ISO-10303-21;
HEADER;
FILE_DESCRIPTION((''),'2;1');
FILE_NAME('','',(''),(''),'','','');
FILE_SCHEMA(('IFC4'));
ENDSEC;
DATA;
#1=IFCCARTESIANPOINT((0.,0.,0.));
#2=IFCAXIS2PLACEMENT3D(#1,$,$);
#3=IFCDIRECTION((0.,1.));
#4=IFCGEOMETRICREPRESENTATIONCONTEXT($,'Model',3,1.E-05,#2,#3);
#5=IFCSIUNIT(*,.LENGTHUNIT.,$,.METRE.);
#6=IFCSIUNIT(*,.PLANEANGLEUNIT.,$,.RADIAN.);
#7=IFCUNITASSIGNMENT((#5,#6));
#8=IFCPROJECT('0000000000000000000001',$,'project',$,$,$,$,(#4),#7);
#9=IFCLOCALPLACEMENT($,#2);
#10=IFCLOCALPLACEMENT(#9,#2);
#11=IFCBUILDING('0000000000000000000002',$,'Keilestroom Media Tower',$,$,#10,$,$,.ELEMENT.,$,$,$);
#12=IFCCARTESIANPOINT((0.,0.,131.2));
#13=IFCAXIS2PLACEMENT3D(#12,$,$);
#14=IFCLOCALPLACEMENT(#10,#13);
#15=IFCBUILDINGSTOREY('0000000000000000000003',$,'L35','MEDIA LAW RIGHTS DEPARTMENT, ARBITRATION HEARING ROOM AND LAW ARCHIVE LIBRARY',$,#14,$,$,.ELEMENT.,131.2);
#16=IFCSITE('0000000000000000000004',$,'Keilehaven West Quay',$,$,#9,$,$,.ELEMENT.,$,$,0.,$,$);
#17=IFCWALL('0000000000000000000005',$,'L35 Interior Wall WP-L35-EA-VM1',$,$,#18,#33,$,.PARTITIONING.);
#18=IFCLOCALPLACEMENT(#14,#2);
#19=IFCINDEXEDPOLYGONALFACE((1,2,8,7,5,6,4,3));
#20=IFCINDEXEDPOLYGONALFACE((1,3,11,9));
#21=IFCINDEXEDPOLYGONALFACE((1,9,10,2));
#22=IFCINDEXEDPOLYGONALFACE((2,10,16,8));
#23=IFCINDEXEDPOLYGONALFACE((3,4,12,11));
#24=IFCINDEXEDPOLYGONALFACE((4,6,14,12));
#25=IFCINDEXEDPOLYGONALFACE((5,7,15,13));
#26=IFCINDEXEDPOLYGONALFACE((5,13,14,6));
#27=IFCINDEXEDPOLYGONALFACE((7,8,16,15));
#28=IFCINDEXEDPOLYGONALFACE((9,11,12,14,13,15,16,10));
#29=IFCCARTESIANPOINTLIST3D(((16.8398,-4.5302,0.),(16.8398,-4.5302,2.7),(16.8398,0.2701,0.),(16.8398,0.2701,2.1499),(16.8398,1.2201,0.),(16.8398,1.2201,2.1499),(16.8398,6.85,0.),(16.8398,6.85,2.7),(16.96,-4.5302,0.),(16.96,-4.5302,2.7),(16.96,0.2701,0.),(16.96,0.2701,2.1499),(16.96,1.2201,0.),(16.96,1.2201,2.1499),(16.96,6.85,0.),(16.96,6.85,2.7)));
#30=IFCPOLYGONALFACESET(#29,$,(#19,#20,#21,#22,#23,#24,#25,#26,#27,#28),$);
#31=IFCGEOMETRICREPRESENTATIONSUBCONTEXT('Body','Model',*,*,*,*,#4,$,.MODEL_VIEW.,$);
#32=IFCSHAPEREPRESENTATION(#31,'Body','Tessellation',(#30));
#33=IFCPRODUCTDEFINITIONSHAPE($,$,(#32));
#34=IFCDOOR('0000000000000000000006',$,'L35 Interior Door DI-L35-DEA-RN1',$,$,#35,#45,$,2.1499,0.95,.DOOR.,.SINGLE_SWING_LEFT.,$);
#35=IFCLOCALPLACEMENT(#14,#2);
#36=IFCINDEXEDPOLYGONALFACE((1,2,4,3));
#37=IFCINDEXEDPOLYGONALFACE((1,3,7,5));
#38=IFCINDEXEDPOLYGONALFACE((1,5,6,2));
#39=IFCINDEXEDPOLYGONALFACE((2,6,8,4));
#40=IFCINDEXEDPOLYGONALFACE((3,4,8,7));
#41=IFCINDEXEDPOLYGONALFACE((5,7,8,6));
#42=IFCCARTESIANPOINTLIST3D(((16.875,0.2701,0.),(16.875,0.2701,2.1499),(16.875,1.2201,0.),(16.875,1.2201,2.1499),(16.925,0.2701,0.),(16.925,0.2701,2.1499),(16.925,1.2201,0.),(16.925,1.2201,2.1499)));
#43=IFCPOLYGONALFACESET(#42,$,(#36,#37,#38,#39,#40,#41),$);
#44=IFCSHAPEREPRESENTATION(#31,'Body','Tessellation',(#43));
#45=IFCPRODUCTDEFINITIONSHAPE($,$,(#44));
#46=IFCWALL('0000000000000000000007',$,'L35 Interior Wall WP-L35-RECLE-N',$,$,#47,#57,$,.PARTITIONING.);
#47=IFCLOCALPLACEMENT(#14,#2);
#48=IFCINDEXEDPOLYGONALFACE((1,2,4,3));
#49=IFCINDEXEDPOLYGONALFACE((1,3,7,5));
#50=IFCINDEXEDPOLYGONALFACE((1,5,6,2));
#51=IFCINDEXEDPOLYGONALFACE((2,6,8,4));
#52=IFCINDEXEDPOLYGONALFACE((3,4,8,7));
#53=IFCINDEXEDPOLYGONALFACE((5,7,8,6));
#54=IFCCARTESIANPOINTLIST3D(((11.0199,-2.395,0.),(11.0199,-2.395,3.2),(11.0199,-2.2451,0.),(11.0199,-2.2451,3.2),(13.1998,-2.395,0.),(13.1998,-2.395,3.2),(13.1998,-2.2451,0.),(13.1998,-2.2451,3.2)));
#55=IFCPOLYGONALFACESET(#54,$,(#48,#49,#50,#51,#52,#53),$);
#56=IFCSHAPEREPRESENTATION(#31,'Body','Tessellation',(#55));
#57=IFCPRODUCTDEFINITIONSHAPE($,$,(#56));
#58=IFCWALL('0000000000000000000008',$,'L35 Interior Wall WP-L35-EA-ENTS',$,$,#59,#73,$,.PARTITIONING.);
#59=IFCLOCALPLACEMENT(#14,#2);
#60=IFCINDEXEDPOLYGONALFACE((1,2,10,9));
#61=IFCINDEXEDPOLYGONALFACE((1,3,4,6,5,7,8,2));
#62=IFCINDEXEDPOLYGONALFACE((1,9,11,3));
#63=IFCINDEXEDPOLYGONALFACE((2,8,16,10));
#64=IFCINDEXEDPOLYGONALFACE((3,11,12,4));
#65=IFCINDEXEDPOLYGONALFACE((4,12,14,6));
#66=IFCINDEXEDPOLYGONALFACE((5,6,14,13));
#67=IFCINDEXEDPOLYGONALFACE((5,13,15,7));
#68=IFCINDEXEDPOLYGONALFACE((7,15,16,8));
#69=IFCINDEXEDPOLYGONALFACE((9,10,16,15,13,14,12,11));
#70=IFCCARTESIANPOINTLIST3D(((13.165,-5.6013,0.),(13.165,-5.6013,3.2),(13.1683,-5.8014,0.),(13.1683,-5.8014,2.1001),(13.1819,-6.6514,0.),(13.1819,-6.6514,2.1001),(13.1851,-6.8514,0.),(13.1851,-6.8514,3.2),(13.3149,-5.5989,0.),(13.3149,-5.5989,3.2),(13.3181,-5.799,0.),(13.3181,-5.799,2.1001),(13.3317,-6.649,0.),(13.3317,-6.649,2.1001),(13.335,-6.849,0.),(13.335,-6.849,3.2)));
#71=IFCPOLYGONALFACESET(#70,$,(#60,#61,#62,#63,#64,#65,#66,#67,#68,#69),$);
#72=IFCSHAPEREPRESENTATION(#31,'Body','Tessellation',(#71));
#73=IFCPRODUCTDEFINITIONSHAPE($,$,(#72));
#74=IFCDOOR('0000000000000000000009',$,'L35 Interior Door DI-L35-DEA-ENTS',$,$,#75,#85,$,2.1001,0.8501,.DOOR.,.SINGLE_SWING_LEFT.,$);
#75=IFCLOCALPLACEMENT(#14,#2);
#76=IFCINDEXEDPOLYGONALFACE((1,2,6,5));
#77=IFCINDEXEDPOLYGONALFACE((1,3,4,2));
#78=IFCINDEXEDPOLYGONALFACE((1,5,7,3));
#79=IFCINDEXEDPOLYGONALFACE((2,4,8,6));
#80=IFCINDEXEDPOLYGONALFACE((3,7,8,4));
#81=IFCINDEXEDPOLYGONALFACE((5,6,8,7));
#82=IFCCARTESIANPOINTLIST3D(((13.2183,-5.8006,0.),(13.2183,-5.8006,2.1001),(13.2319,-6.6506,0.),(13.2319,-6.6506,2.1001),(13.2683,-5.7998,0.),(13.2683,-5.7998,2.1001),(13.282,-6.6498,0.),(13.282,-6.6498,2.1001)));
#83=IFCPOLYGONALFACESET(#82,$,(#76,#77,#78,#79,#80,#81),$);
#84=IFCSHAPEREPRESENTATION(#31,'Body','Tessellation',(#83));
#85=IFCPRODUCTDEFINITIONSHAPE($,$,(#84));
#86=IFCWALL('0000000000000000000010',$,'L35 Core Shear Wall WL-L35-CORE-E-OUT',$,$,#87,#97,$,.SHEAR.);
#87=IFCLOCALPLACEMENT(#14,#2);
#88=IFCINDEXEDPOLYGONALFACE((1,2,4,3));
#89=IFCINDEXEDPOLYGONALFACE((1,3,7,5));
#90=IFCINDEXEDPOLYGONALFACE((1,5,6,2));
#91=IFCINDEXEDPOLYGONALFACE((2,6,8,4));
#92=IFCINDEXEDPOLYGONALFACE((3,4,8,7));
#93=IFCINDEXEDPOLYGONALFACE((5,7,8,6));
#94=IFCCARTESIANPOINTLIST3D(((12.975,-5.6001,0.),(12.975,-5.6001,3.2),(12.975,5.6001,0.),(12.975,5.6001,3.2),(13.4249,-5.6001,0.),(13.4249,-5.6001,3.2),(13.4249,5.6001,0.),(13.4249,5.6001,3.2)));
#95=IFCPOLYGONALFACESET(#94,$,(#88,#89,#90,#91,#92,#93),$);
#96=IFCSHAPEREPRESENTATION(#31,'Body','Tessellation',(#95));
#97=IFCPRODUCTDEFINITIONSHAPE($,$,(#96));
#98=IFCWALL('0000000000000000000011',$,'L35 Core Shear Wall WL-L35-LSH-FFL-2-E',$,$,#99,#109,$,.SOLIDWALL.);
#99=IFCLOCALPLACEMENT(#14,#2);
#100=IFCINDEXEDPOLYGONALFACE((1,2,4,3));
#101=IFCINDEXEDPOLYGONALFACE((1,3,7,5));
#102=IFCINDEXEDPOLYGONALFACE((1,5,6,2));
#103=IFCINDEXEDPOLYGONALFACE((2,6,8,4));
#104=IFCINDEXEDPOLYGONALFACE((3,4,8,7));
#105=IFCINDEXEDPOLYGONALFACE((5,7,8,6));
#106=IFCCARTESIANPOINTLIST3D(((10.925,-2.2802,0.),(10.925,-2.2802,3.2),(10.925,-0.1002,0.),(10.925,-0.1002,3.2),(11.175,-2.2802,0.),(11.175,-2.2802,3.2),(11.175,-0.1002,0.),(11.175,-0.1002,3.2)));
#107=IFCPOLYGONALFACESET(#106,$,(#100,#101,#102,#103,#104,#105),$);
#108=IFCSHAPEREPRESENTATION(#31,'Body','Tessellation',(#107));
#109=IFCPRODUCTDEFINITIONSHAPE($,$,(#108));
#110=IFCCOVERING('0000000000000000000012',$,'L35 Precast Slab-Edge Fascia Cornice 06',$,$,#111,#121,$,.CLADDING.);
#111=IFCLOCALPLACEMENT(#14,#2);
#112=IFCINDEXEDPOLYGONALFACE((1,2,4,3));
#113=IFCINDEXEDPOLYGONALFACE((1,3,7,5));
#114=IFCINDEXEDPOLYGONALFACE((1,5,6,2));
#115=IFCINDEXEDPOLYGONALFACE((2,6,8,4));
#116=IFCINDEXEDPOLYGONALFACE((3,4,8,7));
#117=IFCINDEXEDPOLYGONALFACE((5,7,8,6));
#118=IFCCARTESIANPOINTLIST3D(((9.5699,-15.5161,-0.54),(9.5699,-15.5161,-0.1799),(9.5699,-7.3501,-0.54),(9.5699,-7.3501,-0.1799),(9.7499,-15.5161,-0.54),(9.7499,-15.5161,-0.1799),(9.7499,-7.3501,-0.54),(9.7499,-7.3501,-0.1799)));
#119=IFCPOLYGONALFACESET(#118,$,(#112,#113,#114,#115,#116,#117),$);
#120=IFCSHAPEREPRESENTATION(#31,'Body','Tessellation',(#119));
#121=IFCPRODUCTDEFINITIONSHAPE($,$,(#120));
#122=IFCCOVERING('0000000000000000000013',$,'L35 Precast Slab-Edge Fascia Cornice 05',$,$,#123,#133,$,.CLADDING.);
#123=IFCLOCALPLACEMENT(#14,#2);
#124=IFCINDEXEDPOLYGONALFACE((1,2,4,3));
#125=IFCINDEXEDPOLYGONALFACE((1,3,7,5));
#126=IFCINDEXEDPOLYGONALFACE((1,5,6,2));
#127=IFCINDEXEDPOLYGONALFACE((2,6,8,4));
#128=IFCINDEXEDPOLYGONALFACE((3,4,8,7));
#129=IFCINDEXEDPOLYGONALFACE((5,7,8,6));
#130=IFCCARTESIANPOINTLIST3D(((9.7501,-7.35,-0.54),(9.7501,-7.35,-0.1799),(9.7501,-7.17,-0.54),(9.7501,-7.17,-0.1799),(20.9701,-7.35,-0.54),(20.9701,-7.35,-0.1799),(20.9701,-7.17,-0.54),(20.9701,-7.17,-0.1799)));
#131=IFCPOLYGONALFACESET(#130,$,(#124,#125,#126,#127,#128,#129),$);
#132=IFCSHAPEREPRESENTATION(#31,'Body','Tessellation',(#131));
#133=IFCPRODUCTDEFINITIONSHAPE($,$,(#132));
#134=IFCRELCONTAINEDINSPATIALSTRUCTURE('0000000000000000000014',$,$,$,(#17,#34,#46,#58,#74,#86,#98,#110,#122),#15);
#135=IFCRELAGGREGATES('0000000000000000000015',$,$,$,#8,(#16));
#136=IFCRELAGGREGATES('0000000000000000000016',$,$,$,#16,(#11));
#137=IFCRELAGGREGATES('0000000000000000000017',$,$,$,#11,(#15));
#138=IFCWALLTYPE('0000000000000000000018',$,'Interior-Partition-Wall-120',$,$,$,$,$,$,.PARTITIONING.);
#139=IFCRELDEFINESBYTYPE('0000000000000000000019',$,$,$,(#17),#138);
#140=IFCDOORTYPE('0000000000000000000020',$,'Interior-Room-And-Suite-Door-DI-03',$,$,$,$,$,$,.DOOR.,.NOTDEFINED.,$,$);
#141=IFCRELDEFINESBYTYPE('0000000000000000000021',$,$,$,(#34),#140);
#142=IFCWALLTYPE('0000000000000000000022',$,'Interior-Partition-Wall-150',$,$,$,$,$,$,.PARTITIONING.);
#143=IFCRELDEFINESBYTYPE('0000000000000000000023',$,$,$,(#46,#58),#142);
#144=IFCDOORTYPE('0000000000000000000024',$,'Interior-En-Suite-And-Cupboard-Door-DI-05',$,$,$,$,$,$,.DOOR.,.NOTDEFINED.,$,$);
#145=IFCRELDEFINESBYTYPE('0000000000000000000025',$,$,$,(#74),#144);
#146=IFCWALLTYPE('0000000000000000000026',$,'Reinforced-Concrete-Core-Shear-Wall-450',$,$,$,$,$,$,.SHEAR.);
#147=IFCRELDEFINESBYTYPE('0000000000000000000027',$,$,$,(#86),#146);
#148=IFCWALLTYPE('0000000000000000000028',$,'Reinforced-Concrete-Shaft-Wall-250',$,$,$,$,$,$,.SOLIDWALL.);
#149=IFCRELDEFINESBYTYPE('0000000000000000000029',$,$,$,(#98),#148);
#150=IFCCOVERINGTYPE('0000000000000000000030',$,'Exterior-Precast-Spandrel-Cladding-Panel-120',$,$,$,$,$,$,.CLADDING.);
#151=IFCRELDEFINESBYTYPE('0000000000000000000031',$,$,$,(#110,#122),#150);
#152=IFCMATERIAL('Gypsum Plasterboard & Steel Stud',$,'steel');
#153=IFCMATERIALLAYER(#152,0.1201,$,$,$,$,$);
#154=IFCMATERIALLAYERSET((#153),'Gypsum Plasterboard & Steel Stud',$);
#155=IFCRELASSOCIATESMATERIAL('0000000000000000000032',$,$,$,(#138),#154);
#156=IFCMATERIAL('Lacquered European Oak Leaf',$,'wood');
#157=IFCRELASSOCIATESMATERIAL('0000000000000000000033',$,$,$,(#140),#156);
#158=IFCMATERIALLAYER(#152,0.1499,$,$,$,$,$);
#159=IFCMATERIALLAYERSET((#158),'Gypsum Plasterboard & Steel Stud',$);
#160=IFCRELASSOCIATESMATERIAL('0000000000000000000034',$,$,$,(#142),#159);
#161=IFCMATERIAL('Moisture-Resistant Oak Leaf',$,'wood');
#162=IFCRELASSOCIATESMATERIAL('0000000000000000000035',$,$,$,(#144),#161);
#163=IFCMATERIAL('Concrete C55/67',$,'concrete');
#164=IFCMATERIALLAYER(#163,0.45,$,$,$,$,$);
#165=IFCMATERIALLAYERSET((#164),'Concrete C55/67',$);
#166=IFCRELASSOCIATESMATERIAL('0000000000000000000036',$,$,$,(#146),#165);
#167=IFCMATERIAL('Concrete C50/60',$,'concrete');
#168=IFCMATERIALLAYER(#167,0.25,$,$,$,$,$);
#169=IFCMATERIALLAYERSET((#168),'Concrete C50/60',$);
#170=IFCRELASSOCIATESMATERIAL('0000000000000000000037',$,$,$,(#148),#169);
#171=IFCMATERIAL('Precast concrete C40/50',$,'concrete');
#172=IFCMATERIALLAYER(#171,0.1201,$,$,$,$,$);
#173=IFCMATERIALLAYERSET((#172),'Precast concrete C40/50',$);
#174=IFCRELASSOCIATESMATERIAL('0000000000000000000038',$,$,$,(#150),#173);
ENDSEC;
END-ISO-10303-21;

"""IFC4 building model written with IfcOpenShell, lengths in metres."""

from ifc_helpers import new_model, si_unit, direction, frame, frame_2d, origin, origin_2d, place, context, subcontext, project, spatial, rectangle, extrude, source, transform, mapped, material, layer, layer_set, type_object, element, fill, save


model = new_model("IFC4")

# Units and contexts
model_context = context("Model", 3, precision=1e-05, world=origin(), true_north=direction((0.0, 1.0)))
body_context = subcontext(model_context, "Body", "Model", "MODEL_VIEW")
ifc_project = project(units=[si_unit("LENGTHUNIT", "METRE"), si_unit("PLANEANGLEUNIT", "RADIAN")], contexts=[model_context])

# Site, building, storey
site_placement = place(None, origin())
site = spatial("IfcSite", under=ifc_project, at=site_placement, Name="Keilehaven West Quay", CompositionType="ELEMENT", RefElevation=0.0)
building_placement = place(site_placement, origin())
building = spatial("IfcBuilding", under=site, at=building_placement, Name="Keilestroom Media Tower", CompositionType="ELEMENT")
storey_placement = place(building_placement, frame((0.0, 0.0, 131.2)))
storey = spatial("IfcBuildingStorey", under=building, at=storey_placement, Name="L35", Description="MEDIA LAW RIGHTS DEPARTMENT, ARBITRATION HEARING ROOM AND LAW ARCHIVE LIBRARY", CompositionType="ELEMENT", Elevation=131.2)

# Shared definitions
ifc_material_1 = material(Name="Precast concrete C40/50", Category="concrete")
ifc_material_2 = material(Name="Concrete C55/67", Category="concrete")

# Wall, opening, door
ifc_material_3 = material(Name="Gypsum Plasterboard & Steel Stud", Category="steel")
ifc_layer_1 = layer(ifc_material_3, 0.1201)
ifc_layer_set_1 = layer_set([ifc_layer_1], Name="Gypsum Plasterboard & Steel Stud")
wall_type_1 = type_object("IfcWallType", Name="Interior-Partition-Wall-120", PredefinedType="PARTITIONING", material=ifc_layer_set_1)
ifc_material_4 = material(Name="Lacquered European Oak Leaf", Category="wood")
door_type_1 = type_object("IfcDoorType", Name="Interior-Room-And-Suite-Door-DI-03", OperationType="NOTDEFINED", PredefinedType="DOOR", material=ifc_material_4)
shared_shape_1 = source(origin(), body_context, "Body", "SweptSolid", [
    extrude(rectangle(XDim=0.95, YDim=2.1499, at=frame_2d((0.4751, 1.075))), frame((0.0, 0.0249, 0.0), z_axis=(0.0, -1.0, 0.0), x_axis=(1.0, 0.0, 0.0)), (0.0, 0.0, 1.0), 0.05),
])
wall_1_placement = place(storey_placement, frame((16.8999, -4.53, 0.0), z_axis=(0.0, 0.0, 1.0), x_axis=(0.0, 1.0, 0.0)))
wall_1 = element("IfcWall", 1, at=wall_1_placement, inside=storey, type_object=wall_type_1, Name="L35 Interior Wall WP-L35-EA-VM1", PredefinedType="PARTITIONING", context=body_context, shape_type="SweptSolid", body=[
    extrude(rectangle(XDim=11.3801, YDim=0.1201, at=frame_2d((5.6899, 0.0))), origin(), (0.0, 0.0, 1.0), 2.7),
])
opening_1_placement = place(wall_1_placement, frame((4.8, 0.0, 0.0)))
opening_1 = element("IfcOpeningElement", 2, at=opening_1_placement, cuts=wall_1, PredefinedType="OPENING", context=body_context, shape_type="SweptSolid", body=[
    extrude(rectangle(XDim=0.95, YDim=2.1499, at=frame_2d((0.4751, 1.075))), frame((0.0, 0.0701, 0.0), z_axis=(0.0, -1.0, 0.0), x_axis=(1.0, 0.0, 0.0)), (0.0, 0.0, 1.0), 0.1401),
])
door_1_placement = place(opening_1_placement, origin())
door_1 = element("IfcDoor", 3, at=door_1_placement, inside=storey, type_object=door_type_1, Name="L35 Interior Door DI-L35-DEA-RN1", OperationType="SINGLE_SWING_LEFT", OverallHeight=2.1499, OverallWidth=0.95, PredefinedType="DOOR", context=body_context, shape_type="MappedRepresentation", body=[
    mapped(shared_shape_1, transform((0.0, 0.0, 0.0), x_axis=(1.0, 0.0, 0.0), y_axis=(0.0, 1.0, 0.0), z_axis=(0.0, 0.0, 1.0), scale=1.0)),
])
fill(opening_1, door_1)

# Wall
ifc_layer_2 = layer(ifc_material_3, 0.1499)
ifc_layer_set_2 = layer_set([ifc_layer_2], Name="Gypsum Plasterboard & Steel Stud")
wall_type_2 = type_object("IfcWallType", Name="Interior-Partition-Wall-150", PredefinedType="PARTITIONING", material=ifc_layer_set_2)
wall_2_placement = place(storey_placement, frame((11.02, -2.3201, 0.0), z_axis=(0.0, 0.0, 1.0), x_axis=(1.0, 0.0, 0.0)))
element("IfcWall", 4, at=wall_2_placement, inside=storey, type_object=wall_type_2, Name="L35 Interior Wall WP-L35-RECLE-N", PredefinedType="PARTITIONING", context=body_context, shape_type="SweptSolid", body=[
    extrude(rectangle(XDim=2.1799, YDim=0.1499, at=frame_2d((1.0898, 0.0))), origin(), (0.0, 0.0, 1.0), 3.2),
])

# Wall, opening, door
wall_3_placement = place(storey_placement, frame((13.26, -6.8501, 0.0), z_axis=(0.0, 0.0, 1.0), x_axis=(-0.016014, 0.999872, 0.0)))
wall_3 = element("IfcWall", 5, at=wall_3_placement, inside=storey, type_object=wall_type_2, Name="L35 Interior Wall WP-L35-EA-ENTS", PredefinedType="PARTITIONING", context=body_context, shape_type="SweptSolid", body=[
    extrude(rectangle(XDim=1.2502, YDim=0.1499, at=frame_2d((0.625, 0.0))), origin(), (0.0, 0.0, 1.0), 3.2),
])
opening_2_placement = place(wall_3_placement, frame((0.2, 0.0, 0.0)))
opening_2 = element("IfcOpeningElement", 6, at=opening_2_placement, cuts=wall_3, PredefinedType="OPENING", context=body_context, shape_type="SweptSolid", body=[
    extrude(rectangle(XDim=0.8501, YDim=2.1001, at=frame_2d((0.425, 1.05))), frame((0.0, 0.085, 0.0), z_axis=(0.0, -1.0, 0.0), x_axis=(1.0, 0.0, 0.0)), (0.0, 0.0, 1.0), 0.1699),
])
ifc_material_5 = material(Name="Moisture-Resistant Oak Leaf", Category="wood")
door_type_2 = type_object("IfcDoorType", Name="Interior-En-Suite-And-Cupboard-Door-DI-05", OperationType="NOTDEFINED", PredefinedType="DOOR", material=ifc_material_5)
shared_shape_2 = source(origin(), body_context, "Body", "SweptSolid", [
    extrude(rectangle(XDim=0.8501, YDim=2.1001, at=frame_2d((0.425, 1.05))), frame((0.0, 0.0249, 0.0), z_axis=(0.0, -1.0, 0.0), x_axis=(1.0, 0.0, 0.0)), (0.0, 0.0, 1.0), 0.05),
])
door_2_placement = place(opening_2_placement, origin())
door_2 = element("IfcDoor", 7, at=door_2_placement, inside=storey, type_object=door_type_2, Name="L35 Interior Door DI-L35-DEA-ENTS", OperationType="SINGLE_SWING_LEFT", OverallHeight=2.1001, OverallWidth=0.8501, PredefinedType="DOOR", context=body_context, shape_type="MappedRepresentation", body=[
    mapped(shared_shape_2, transform((0.0, 0.0, 0.0), x_axis=(1.0, 0.0, 0.0), y_axis=(0.0, 1.0, 0.0), z_axis=(0.0, 0.0, 1.0), scale=1.0)),
])
fill(opening_2, door_2)

# Walls
ifc_layer_3 = layer(ifc_material_2, 0.45)
ifc_layer_set_3 = layer_set([ifc_layer_3], Name="Concrete C55/67")
wall_type_3 = type_object("IfcWallType", Name="Reinforced-Concrete-Core-Shear-Wall-450", PredefinedType="SHEAR", material=ifc_layer_set_3)
wall_4_placement = place(storey_placement, frame((13.2, -5.6001, 0.0), z_axis=(0.0, 0.0, 1.0), x_axis=(0.0, 1.0, 0.0)))
element("IfcWall", 8, at=wall_4_placement, inside=storey, type_object=wall_type_3, Name="L35 Core Shear Wall WL-L35-CORE-E-OUT", PredefinedType="SHEAR", context=body_context, shape_type="SweptSolid", body=[
    extrude(rectangle(XDim=11.2002, YDim=0.45, at=frame_2d((5.6001, 0.0))), origin(), (0.0, 0.0, 1.0), 3.2),
])
ifc_material_6 = material(Name="Concrete C50/60", Category="concrete")
ifc_layer_4 = layer(ifc_material_6, 0.25)
ifc_layer_set_4 = layer_set([ifc_layer_4], Name="Concrete C50/60")
wall_type_4 = type_object("IfcWallType", Name="Reinforced-Concrete-Shaft-Wall-250", PredefinedType="SOLIDWALL", material=ifc_layer_set_4)
wall_5_placement = place(storey_placement, frame((11.05, -2.28, 0.0), z_axis=(0.0, 0.0, 1.0), x_axis=(0.0, 1.0, 0.0)))
element("IfcWall", 9, at=wall_5_placement, inside=storey, type_object=wall_type_4, Name="L35 Core Shear Wall WL-L35-LSH-FFL-2-E", PredefinedType="SOLIDWALL", context=body_context, shape_type="SweptSolid", body=[
    extrude(rectangle(XDim=2.1799, YDim=0.25, at=frame_2d((1.0898, 0.0))), origin(), (0.0, 0.0, 1.0), 3.2),
])

# Coverings
ifc_layer_5 = layer(ifc_material_1, 0.1201)
ifc_layer_set_5 = layer_set([ifc_layer_5], Name="Precast concrete C40/50")
covering_type = type_object("IfcCoveringType", Name="Exterior-Precast-Spandrel-Cladding-Panel-120", PredefinedType="CLADDING", material=ifc_layer_set_5)
shared_shape_3 = source(origin(), body_context, "Body", "SweptSolid", [
    extrude(rectangle(XDim=8.166, YDim=0.1799, at=origin_2d()), origin(), (0.0, 0.0, 1.0), 0.3601),
])
covering_1_placement = place(storey_placement, frame((9.6599, -11.4331, -0.54), z_axis=(0.0, 0.0, 1.0), x_axis=(0.0, -1.0, 0.0)))
element("IfcCovering", 10, at=covering_1_placement, inside=storey, type_object=covering_type, Name="L35 Precast Slab-Edge Fascia Cornice 06", PredefinedType="CLADDING", context=body_context, shape_type="MappedRepresentation", body=[
    mapped(shared_shape_3, transform((0.0, 0.0, 0.0), x_axis=(1.0, 0.0, 0.0), y_axis=(0.0, 1.0, 0.0), z_axis=(0.0, 0.0, 1.0), scale=1.0)),
])
shared_shape_4 = source(origin(), body_context, "Body", "SweptSolid", [
    extrude(rectangle(XDim=11.22, YDim=0.1799, at=origin_2d()), origin(), (0.0, 0.0, 1.0), 0.3601),
])
covering_2_placement = place(storey_placement, frame((15.3601, -7.26, -0.54), z_axis=(0.0, 0.0, 1.0), x_axis=(-1.0, 0.0, 0.0)))
element("IfcCovering", 11, at=covering_2_placement, inside=storey, type_object=covering_type, Name="L35 Precast Slab-Edge Fascia Cornice 05", PredefinedType="CLADDING", context=body_context, shape_type="MappedRepresentation", body=[
    mapped(shared_shape_4, transform((0.0, 0.0, 0.0), x_axis=(1.0, 0.0, 0.0), y_axis=(0.0, 1.0, 0.0), z_axis=(0.0, 0.0, 1.0), scale=1.0)),
])

save(model, "model.ifc")
